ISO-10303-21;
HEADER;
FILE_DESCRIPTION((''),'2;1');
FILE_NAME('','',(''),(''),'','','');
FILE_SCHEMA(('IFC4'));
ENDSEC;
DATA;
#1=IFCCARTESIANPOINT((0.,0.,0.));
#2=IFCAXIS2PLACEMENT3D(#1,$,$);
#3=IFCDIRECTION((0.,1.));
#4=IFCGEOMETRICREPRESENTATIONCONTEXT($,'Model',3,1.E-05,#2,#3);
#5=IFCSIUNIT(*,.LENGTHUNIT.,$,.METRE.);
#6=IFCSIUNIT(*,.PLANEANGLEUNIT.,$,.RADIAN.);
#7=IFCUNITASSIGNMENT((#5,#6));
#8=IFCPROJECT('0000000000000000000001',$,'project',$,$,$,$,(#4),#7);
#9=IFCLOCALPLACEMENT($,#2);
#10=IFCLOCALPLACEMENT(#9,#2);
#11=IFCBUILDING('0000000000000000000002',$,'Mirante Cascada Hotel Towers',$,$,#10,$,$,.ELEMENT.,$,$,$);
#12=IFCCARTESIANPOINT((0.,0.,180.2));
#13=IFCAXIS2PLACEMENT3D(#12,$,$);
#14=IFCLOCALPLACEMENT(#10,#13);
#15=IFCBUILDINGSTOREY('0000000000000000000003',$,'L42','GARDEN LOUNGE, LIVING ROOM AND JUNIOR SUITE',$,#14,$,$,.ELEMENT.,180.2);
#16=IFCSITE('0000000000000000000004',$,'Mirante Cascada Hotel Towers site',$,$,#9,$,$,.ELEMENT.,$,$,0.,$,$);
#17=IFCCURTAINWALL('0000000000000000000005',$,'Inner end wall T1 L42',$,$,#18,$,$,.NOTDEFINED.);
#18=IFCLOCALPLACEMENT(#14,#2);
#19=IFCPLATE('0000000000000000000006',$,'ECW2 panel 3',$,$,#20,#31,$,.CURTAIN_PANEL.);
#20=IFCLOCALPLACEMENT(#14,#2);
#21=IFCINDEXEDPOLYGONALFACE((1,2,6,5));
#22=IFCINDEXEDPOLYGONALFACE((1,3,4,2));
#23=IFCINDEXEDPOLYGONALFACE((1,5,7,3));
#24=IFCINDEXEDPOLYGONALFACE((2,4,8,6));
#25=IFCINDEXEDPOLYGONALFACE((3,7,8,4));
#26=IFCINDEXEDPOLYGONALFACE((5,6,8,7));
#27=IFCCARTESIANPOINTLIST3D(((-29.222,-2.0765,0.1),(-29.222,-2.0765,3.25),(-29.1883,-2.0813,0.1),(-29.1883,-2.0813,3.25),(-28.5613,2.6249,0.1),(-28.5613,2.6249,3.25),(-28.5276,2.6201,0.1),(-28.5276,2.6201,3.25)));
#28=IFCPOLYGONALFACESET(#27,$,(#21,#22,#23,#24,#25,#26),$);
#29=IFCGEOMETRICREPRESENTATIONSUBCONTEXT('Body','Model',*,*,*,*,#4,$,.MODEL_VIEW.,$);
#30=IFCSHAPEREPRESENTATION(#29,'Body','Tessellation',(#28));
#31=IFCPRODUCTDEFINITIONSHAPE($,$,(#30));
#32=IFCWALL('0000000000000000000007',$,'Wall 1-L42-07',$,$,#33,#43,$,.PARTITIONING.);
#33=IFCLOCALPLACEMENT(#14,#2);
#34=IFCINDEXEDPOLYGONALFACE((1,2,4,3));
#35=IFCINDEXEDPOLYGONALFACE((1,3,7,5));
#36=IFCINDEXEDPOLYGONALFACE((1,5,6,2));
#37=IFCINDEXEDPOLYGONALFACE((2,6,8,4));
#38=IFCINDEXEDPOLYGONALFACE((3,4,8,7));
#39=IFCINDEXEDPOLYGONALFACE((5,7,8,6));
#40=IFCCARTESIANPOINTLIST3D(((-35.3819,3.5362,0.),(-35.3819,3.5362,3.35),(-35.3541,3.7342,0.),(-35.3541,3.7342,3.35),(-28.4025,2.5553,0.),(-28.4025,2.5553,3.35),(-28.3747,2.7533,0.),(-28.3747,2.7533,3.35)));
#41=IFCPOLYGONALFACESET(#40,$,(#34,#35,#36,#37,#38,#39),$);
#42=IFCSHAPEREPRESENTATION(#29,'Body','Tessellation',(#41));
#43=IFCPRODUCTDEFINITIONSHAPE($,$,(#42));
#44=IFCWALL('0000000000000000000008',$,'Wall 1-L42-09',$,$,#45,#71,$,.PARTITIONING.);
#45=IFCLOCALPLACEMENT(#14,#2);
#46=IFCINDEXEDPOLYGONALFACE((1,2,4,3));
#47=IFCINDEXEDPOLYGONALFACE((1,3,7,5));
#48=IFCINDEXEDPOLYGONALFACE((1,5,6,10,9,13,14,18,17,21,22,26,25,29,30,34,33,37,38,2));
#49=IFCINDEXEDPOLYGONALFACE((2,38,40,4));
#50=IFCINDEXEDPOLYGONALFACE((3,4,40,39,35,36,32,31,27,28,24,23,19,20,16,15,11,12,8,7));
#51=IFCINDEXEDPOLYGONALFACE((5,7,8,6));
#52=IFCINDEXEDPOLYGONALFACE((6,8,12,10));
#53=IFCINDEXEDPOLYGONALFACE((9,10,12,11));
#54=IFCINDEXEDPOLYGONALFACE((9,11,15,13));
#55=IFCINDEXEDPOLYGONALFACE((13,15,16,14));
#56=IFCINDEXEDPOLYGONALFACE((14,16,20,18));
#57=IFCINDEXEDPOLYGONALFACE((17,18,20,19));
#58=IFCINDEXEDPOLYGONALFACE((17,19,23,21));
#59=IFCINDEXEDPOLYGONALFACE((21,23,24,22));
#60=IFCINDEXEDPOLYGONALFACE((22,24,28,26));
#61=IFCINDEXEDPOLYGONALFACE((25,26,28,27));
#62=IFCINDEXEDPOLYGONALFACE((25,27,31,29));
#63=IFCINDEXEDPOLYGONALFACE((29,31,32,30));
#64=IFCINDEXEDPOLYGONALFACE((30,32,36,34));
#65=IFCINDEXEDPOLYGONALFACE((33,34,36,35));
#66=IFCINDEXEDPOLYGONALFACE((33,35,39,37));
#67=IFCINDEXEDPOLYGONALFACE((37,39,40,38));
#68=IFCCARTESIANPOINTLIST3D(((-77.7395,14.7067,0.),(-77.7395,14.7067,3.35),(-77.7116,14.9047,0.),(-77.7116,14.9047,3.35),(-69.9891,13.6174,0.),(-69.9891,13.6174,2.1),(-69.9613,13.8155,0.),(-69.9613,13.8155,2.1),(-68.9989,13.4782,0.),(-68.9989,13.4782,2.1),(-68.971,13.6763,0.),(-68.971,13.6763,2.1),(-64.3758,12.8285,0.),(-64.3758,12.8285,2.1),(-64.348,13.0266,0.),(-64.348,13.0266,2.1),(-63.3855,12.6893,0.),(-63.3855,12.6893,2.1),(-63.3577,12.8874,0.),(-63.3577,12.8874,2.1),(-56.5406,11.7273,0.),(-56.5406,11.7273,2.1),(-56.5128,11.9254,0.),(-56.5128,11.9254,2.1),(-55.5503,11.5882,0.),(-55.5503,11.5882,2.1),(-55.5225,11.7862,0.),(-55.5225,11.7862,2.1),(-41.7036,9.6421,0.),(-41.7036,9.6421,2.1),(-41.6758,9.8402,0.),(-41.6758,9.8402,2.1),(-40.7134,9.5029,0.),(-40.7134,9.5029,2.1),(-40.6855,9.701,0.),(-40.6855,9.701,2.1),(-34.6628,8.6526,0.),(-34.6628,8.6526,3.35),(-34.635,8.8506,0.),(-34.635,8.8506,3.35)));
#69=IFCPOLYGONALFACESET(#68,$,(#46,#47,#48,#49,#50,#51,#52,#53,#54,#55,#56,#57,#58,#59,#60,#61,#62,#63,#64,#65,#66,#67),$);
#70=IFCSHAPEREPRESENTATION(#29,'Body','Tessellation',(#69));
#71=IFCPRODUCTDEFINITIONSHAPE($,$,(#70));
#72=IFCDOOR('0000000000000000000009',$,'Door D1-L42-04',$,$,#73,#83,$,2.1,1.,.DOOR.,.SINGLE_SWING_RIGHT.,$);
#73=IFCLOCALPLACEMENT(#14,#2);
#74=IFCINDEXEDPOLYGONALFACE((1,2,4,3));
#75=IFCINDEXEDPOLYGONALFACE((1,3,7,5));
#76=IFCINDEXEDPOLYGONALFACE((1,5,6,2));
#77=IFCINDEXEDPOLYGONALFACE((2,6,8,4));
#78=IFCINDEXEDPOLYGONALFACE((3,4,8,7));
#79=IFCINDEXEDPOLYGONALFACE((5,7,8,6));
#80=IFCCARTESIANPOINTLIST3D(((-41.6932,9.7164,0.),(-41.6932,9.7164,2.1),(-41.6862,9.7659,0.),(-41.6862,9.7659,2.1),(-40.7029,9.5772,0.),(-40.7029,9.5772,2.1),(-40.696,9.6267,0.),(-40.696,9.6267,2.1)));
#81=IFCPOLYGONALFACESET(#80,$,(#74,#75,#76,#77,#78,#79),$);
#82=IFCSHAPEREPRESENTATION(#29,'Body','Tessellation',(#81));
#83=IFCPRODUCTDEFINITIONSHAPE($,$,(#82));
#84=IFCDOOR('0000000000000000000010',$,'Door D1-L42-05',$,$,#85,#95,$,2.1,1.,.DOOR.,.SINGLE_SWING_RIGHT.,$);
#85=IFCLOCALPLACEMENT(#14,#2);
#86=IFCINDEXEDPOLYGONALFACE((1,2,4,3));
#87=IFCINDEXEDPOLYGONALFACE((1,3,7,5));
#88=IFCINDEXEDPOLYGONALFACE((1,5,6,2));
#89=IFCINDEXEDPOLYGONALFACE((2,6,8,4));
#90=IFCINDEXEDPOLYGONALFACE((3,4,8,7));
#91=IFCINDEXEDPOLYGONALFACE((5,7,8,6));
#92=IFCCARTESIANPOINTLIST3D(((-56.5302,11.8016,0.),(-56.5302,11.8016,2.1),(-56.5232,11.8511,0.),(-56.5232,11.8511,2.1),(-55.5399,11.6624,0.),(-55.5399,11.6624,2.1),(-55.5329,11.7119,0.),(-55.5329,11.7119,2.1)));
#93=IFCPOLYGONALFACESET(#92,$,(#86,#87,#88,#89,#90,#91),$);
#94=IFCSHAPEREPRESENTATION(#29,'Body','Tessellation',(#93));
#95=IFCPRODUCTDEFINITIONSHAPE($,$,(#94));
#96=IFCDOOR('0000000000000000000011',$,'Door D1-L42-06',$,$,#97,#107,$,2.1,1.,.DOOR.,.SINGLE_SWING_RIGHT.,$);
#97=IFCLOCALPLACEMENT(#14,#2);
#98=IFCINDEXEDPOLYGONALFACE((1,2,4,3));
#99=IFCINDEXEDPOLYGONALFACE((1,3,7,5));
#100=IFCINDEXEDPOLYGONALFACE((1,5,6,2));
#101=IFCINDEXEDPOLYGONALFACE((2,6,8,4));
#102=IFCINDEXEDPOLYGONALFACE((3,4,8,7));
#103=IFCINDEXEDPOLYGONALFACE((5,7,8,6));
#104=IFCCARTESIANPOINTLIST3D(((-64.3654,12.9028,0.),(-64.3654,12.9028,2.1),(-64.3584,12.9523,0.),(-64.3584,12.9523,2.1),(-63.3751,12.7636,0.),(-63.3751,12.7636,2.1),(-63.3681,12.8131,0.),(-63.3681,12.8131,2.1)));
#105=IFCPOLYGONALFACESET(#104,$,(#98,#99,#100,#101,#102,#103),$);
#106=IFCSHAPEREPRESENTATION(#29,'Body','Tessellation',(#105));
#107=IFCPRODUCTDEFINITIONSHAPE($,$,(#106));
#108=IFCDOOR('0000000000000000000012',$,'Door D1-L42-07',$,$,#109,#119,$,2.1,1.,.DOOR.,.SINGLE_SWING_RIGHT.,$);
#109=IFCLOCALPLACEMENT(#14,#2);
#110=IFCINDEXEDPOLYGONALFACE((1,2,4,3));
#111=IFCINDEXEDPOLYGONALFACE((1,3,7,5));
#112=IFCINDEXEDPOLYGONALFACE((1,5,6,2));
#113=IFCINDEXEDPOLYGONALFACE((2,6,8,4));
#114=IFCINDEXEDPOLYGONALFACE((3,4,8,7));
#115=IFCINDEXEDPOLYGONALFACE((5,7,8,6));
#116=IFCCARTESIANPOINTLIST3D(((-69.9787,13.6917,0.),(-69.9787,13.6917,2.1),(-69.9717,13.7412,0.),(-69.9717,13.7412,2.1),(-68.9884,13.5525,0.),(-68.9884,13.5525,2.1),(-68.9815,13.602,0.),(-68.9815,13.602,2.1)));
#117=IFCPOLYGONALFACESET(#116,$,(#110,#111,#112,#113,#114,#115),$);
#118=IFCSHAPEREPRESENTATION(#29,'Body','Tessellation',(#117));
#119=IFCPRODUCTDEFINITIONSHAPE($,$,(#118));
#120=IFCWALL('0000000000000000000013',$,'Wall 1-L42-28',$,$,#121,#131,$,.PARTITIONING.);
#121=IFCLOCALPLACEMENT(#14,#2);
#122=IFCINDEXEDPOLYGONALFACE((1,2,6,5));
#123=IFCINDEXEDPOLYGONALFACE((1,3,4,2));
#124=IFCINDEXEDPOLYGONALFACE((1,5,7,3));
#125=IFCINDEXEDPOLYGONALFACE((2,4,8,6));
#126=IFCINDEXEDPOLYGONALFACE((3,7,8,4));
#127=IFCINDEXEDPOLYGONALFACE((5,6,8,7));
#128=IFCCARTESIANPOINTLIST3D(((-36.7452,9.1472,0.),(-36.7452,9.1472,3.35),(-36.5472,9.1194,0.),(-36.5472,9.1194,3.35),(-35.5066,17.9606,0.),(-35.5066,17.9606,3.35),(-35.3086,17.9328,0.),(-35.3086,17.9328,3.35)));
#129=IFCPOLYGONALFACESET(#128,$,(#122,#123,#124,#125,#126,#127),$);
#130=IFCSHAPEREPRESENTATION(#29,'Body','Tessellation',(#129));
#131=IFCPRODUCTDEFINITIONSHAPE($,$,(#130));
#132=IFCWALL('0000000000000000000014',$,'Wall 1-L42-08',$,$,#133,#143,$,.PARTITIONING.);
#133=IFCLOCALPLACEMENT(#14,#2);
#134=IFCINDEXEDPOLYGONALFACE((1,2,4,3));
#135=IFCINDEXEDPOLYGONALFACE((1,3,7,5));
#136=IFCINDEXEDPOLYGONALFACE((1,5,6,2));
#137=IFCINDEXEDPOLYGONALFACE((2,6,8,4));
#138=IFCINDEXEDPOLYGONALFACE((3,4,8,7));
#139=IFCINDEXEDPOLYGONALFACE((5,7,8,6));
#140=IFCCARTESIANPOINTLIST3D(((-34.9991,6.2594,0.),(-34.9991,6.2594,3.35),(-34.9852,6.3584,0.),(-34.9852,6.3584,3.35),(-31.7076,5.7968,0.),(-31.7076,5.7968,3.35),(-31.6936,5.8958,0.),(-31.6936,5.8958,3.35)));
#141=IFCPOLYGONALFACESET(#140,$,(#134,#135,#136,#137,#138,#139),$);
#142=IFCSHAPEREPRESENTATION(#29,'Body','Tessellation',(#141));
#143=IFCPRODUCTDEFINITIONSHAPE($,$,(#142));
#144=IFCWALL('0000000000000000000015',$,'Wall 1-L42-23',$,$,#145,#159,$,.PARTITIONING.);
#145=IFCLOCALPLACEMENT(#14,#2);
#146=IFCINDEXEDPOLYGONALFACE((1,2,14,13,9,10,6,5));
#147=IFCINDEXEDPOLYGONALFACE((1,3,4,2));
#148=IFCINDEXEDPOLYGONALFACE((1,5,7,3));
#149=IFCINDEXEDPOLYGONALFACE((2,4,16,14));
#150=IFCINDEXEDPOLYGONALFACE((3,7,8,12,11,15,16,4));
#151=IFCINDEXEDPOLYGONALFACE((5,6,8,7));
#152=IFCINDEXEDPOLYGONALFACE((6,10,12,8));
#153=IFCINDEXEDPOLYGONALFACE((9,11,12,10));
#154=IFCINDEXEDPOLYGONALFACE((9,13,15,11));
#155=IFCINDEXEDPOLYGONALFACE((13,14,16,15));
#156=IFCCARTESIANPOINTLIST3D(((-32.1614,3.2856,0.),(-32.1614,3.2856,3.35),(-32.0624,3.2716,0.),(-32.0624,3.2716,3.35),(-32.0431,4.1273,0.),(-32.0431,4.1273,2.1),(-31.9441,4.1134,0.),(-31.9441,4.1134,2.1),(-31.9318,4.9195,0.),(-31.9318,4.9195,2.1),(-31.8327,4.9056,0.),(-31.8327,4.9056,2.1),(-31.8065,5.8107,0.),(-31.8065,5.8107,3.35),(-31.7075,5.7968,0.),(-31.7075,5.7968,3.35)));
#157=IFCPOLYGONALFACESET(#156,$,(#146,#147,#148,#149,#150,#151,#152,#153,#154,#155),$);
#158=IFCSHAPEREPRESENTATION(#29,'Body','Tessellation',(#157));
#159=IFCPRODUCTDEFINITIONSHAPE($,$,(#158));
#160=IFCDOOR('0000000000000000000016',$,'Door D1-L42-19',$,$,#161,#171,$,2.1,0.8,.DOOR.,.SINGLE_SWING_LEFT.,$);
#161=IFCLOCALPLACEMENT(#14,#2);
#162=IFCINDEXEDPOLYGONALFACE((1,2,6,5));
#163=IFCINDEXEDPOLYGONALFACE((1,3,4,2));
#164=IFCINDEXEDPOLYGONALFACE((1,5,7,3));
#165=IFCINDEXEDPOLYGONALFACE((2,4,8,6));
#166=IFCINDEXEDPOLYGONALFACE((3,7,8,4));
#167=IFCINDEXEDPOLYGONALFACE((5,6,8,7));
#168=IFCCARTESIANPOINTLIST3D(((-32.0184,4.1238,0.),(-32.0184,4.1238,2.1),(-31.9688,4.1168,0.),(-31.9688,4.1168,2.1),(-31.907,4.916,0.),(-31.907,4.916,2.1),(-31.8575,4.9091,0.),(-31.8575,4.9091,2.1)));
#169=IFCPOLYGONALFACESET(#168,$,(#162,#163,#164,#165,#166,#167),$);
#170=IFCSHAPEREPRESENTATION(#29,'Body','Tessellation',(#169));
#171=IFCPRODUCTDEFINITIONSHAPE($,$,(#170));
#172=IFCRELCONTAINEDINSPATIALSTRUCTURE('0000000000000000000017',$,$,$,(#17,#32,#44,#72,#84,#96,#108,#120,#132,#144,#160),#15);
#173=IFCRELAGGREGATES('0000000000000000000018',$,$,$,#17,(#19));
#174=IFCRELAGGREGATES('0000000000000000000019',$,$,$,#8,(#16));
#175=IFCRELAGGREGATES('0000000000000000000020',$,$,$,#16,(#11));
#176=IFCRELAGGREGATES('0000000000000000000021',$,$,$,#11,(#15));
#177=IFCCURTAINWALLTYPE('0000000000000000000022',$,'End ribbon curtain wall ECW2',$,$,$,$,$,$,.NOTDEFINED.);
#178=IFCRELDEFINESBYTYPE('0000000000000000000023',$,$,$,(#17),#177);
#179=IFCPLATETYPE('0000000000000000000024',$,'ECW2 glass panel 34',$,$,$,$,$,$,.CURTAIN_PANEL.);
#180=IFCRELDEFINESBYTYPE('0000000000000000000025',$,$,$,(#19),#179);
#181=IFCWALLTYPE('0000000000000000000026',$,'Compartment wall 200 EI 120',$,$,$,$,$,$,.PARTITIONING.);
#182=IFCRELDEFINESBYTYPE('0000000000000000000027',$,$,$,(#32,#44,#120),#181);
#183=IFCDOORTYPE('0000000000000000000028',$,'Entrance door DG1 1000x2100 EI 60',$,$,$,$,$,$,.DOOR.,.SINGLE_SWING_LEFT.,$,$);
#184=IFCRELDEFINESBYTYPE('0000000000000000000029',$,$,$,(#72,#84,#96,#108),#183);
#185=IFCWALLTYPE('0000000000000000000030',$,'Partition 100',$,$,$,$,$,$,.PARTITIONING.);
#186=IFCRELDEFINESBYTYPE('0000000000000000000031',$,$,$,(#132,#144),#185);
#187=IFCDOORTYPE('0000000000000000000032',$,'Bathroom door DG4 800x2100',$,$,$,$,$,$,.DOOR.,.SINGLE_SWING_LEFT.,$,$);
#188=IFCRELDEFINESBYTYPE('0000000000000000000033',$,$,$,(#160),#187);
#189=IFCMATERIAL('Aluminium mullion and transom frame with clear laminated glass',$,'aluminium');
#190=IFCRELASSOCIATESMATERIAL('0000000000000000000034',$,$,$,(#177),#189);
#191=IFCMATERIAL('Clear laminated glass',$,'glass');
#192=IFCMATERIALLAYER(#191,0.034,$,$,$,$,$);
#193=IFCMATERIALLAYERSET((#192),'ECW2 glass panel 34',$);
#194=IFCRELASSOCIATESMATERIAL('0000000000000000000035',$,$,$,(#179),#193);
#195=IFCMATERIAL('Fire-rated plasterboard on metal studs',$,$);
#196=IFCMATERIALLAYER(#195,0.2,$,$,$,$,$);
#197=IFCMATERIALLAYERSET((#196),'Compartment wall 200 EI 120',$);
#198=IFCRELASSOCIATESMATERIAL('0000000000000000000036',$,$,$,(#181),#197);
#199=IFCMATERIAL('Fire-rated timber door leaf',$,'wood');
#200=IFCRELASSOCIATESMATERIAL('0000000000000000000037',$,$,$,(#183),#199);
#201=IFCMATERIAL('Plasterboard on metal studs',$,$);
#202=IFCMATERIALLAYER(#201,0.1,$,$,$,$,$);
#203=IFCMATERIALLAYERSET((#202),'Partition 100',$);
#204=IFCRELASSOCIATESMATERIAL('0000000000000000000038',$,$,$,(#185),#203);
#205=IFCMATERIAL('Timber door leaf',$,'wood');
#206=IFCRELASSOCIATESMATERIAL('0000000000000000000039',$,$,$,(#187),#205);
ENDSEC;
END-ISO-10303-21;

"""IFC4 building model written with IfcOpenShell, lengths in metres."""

from ifc_helpers import new_model, si_unit, direction, frame, frame_2d, origin, origin_2d, place, context, subcontext, project, spatial, rectangle, extrude, material, layer, layer_set, type_object, element, fill, aggregate, save


model = new_model("IFC4")

# Units and contexts
model_context = context("Model", 3, precision=1e-05, world=origin(), true_north=direction((0.0, 1.0)))
body_context = subcontext(model_context, "Body", "Model", "MODEL_VIEW")
ifc_project = project(units=[si_unit("LENGTHUNIT", "METRE"), si_unit("PLANEANGLEUNIT", "RADIAN")], contexts=[model_context])

# Site, building, storey
site_placement = place(None, origin())
site = spatial("IfcSite", under=ifc_project, at=site_placement, Name="Mirante Cascada Hotel Towers site", CompositionType="ELEMENT", RefElevation=0.0)
building_placement = place(site_placement, origin())
building = spatial("IfcBuilding", under=site, at=building_placement, Name="Mirante Cascada Hotel Towers", CompositionType="ELEMENT")
storey_placement = place(building_placement, frame((0.0, 0.0, 180.2)))
storey = spatial("IfcBuildingStorey", under=building, at=storey_placement, Name="L42", Description="GARDEN LOUNGE, LIVING ROOM AND JUNIOR SUITE", CompositionType="ELEMENT", Elevation=180.2)

# Curtain wall
ifc_material_1 = material(Name="Aluminium mullion and transom frame with clear laminated glass", Category="aluminium")
curtain_wall_type_1 = type_object("IfcCurtainWallType", Name="End ribbon curtain wall ECW2", PredefinedType="NOTDEFINED", material=ifc_material_1)
curtain_wall_1_placement = place(storey_placement, origin())
curtain_wall_1 = element("IfcCurtainWall", 1, at=curtain_wall_1_placement, inside=storey, type_object=curtain_wall_type_1, Name="Inner end wall T1 L42", PredefinedType="NOTDEFINED")

# Plate
ifc_material_2 = material(Name="Clear laminated glass", Category="glass")
ifc_layer_1 = layer(ifc_material_2, 0.034)
ifc_layer_set_1 = layer_set([ifc_layer_1], Name="ECW2 glass panel 34")
plate_type_1 = type_object("IfcPlateType", Name="ECW2 glass panel 34", PredefinedType="CURTAIN_PANEL", material=ifc_layer_set_1)
plate_1_placement = place(storey_placement, frame((-28.8748, 0.2718, 0.1), z_axis=(0.0, 0.0, 1.0), x_axis=(-0.139173, -0.990268, 0.0)))
plate_1 = element("IfcPlate", 2, at=plate_1_placement, type_object=plate_type_1, Name="ECW2 panel 3", PredefinedType="CURTAIN_PANEL", context=body_context, shape_type="SweptSolid", body=[
    extrude(rectangle(XDim=4.7476, YDim=0.034, at=origin_2d()), origin(), (0.0, 0.0, 1.0), 3.15),
])
aggregate(curtain_wall_1, [plate_1])

# Wall
ifc_material_3 = material(Name="Fire-rated plasterboard on metal studs")
ifc_layer_2 = layer(ifc_material_3, 0.2)
ifc_layer_set_2 = layer_set([ifc_layer_2], Name="Compartment wall 200 EI 120")
wall_type_1 = type_object("IfcWallType", Name="Compartment wall 200 EI 120", PredefinedType="PARTITIONING", material=ifc_layer_set_2)
wall_1_placement = place(storey_placement, frame((-28.3886, 2.6543, 0.0), z_axis=(0.0, 0.0, 1.0), x_axis=(-0.990268, 0.139174, 0.0)))
element("IfcWall", 3, at=wall_1_placement, inside=storey, type_object=wall_type_1, Name="Wall 1-L42-07", PredefinedType="PARTITIONING", context=body_context, shape_type="SweptSolid", body=[
    extrude(rectangle(XDim=7.048, YDim=0.2, at=frame_2d((3.524, 0.0))), origin(), (0.0, 0.0, 1.0), 3.35),
])

# Wall, openings, doors
wall_2_placement = place(storey_placement, frame((-34.6489, 8.7516, 0.0), z_axis=(0.0, 0.0, 1.0), x_axis=(-0.990268, 0.139175, 0.0)))
wall_2 = element("IfcWall", 4, at=wall_2_placement, inside=storey, type_object=wall_type_1, Name="Wall 1-L42-09", PredefinedType="PARTITIONING", context=body_context, shape_type="SweptSolid", body=[
    extrude(rectangle(XDim=43.5, YDim=0.2, at=frame_2d((21.75, 0.0))), origin(), (0.0, 0.0, 1.0), 3.35),
])
opening_1_placement = place(wall_2_placement, frame((6.11, 0.0, 0.0)))
opening_1 = element("IfcOpeningElement", 5, at=opening_1_placement, cuts=wall_2, PredefinedType="OPENING", context=body_context, shape_type="SweptSolid", body=[
    extrude(rectangle(XDim=1.0, YDim=2.1, at=frame_2d((0.5, 1.05))), frame((0.0, 0.1, 0.0), z_axis=(0.0, -1.0, 0.0), x_axis=(1.0, 0.0, 0.0)), (0.0, 0.0, 1.0), 0.2),
])
opening_2_placement = place(wall_2_placement, frame((21.0928, 0.0, 0.0)))
opening_2 = element("IfcOpeningElement", 6, at=opening_2_placement, cuts=wall_2, PredefinedType="OPENING", context=body_context, shape_type="SweptSolid", body=[
    extrude(rectangle(XDim=1.0, YDim=2.1, at=frame_2d((0.5, 1.05))), frame((0.0, 0.1, 0.0), z_axis=(0.0, -1.0, 0.0), x_axis=(1.0, 0.0, 0.0)), (0.0, 0.0, 1.0), 0.2),
])
opening_3_placement = place(wall_2_placement, frame((29.005, 0.0, 0.0)))
opening_3 = element("IfcOpeningElement", 7, at=opening_3_placement, cuts=wall_2, PredefinedType="OPENING", context=body_context, shape_type="SweptSolid", body=[
    extrude(rectangle(XDim=1.0, YDim=2.1, at=frame_2d((0.5, 1.05))), frame((0.0, 0.1, 0.0), z_axis=(0.0, -1.0, 0.0), x_axis=(1.0, 0.0, 0.0)), (0.0, 0.0, 1.0), 0.2),
])
opening_4_placement = place(wall_2_placement, frame((34.6735, 0.0, 0.0)))
opening_4 = element("IfcOpeningElement", 8, at=opening_4_placement, cuts=wall_2, PredefinedType="OPENING", context=body_context, shape_type="SweptSolid", body=[
    extrude(rectangle(XDim=1.0, YDim=2.1, at=frame_2d((0.5, 1.05))), frame((0.0, 0.1, 0.0), z_axis=(0.0, -1.0, 0.0), x_axis=(1.0, 0.0, 0.0)), (0.0, 0.0, 1.0), 0.2),
])
ifc_material_4 = material(Name="Fire-rated timber door leaf", Category="wood")
door_type_1 = type_object("IfcDoorType", Name="Entrance door DG1 1000x2100 EI 60", OperationType="SINGLE_SWING_LEFT", PredefinedType="DOOR", material=ifc_material_4)
door_1_placement = place(opening_1_placement, frame((1.0, 0.0, 0.0), z_axis=(0.0, 0.0, 1.0), x_axis=(-1.0, 0.0, 0.0)))
door_1 = element("IfcDoor", 9, at=door_1_placement, inside=storey, type_object=door_type_1, Name="Door D1-L42-04", OperationType="SINGLE_SWING_RIGHT", OverallHeight=2.1, OverallWidth=1.0, PredefinedType="DOOR", context=body_context, shape_type="SweptSolid", body=[
    extrude(rectangle(XDim=1.0, YDim=2.1, at=frame_2d((0.5, 1.05))), frame((0.0, 0.025, 0.0), z_axis=(0.0, -1.0, 0.0), x_axis=(1.0, 0.0, 0.0)), (0.0, 0.0, 1.0), 0.05),
])
fill(opening_1, door_1)
door_2_placement = place(opening_2_placement, frame((1.0, 0.0, 0.0), z_axis=(0.0, 0.0, 1.0), x_axis=(-1.0, 0.0, 0.0)))
door_2 = element("IfcDoor", 10, at=door_2_placement, inside=storey, type_object=door_type_1, Name="Door D1-L42-05", OperationType="SINGLE_SWING_RIGHT", OverallHeight=2.1, OverallWidth=1.0, PredefinedType="DOOR", context=body_context, shape_type="SweptSolid", body=[
    extrude(rectangle(XDim=1.0, YDim=2.1, at=frame_2d((0.5, 1.05))), frame((0.0, 0.025, 0.0), z_axis=(0.0, -1.0, 0.0), x_axis=(1.0, 0.0, 0.0)), (0.0, 0.0, 1.0), 0.05),
])
fill(opening_2, door_2)
door_3_placement = place(opening_3_placement, frame((1.0, 0.0, 0.0), z_axis=(0.0, 0.0, 1.0), x_axis=(-1.0, 0.0, 0.0)))
door_3 = element("IfcDoor", 11, at=door_3_placement, inside=storey, type_object=door_type_1, Name="Door D1-L42-06", OperationType="SINGLE_SWING_RIGHT", OverallHeight=2.1, OverallWidth=1.0, PredefinedType="DOOR", context=body_context, shape_type="SweptSolid", body=[
    extrude(rectangle(XDim=1.0, YDim=2.1, at=frame_2d((0.5, 1.05))), frame((0.0, 0.025, 0.0), z_axis=(0.0, -1.0, 0.0), x_axis=(1.0, 0.0, 0.0)), (0.0, 0.0, 1.0), 0.05),
])
fill(opening_3, door_3)
door_4_placement = place(opening_4_placement, frame((1.0, 0.0, 0.0), z_axis=(0.0, 0.0, 1.0), x_axis=(-1.0, 0.0, 0.0)))
door_4 = element("IfcDoor", 12, at=door_4_placement, inside=storey, type_object=door_type_1, Name="Door D1-L42-07", OperationType="SINGLE_SWING_RIGHT", OverallHeight=2.1, OverallWidth=1.0, PredefinedType="DOOR", context=body_context, shape_type="SweptSolid", body=[
    extrude(rectangle(XDim=1.0, YDim=2.1, at=frame_2d((0.5, 1.05))), frame((0.0, 0.025, 0.0), z_axis=(0.0, -1.0, 0.0), x_axis=(1.0, 0.0, 0.0)), (0.0, 0.0, 1.0), 0.05),
])
fill(opening_4, door_4)

# Walls
wall_3_placement = place(storey_placement, frame((-35.4076, 17.9467, 0.0), z_axis=(0.0, 0.0, 1.0), x_axis=(-0.139168, -0.990269, 0.0)))
element("IfcWall", 13, at=wall_3_placement, inside=storey, type_object=wall_type_1, Name="Wall 1-L42-28", PredefinedType="PARTITIONING", context=body_context, shape_type="SweptSolid", body=[
    extrude(rectangle(XDim=8.9, YDim=0.2, at=frame_2d((4.45, 0.0))), origin(), (0.0, 0.0, 1.0), 3.35),
])
ifc_material_5 = material(Name="Plasterboard on metal studs")
ifc_layer_3 = layer(ifc_material_5, 0.1)
ifc_layer_set_3 = layer_set([ifc_layer_3], Name="Partition 100")
wall_type_2 = type_object("IfcWallType", Name="Partition 100", PredefinedType="PARTITIONING", material=ifc_layer_set_3)
wall_4_placement = place(storey_placement, frame((-34.9922, 6.3089, 0.0), z_axis=(0.0, 0.0, 1.0), x_axis=(0.990268, -0.139172, 0.0)))
element("IfcWall", 14, at=wall_4_placement, inside=storey, type_object=wall_type_2, Name="Wall 1-L42-08", PredefinedType="PARTITIONING", context=body_context, shape_type="SweptSolid", body=[
    extrude(rectangle(XDim=3.3239, YDim=0.1, at=frame_2d((1.662, 0.0))), origin(), (0.0, 0.0, 1.0), 3.35),
])

# Wall, opening, door
wall_5_placement = place(storey_placement, frame((-32.1119, 3.2786, 0.0), z_axis=(0.0, 0.0, 1.0), x_axis=(0.139176, 0.990268, 0.0)))
wall_5 = element("IfcWall", 15, at=wall_5_placement, inside=storey, type_object=wall_type_2, Name="Wall 1-L42-23", PredefinedType="PARTITIONING", context=body_context, shape_type="SweptSolid", body=[
    extrude(rectangle(XDim=2.55, YDim=0.1, at=frame_2d((1.275, 0.0))), origin(), (0.0, 0.0, 1.0), 3.35),
])
opening_5_placement = place(wall_5_placement, frame((0.85, 0.0, 0.0)))
opening_5 = element("IfcOpeningElement", 16, at=opening_5_placement, cuts=wall_5, PredefinedType="OPENING", context=body_context, shape_type="SweptSolid", body=[
    extrude(rectangle(XDim=0.8, YDim=2.1, at=frame_2d((0.4, 1.05))), frame((0.0, 0.05, 0.0), z_axis=(0.0, -1.0, 0.0), x_axis=(1.0, 0.0, 0.0)), (0.0, 0.0, 1.0), 0.1),
])
ifc_material_6 = material(Name="Timber door leaf", Category="wood")
door_type_2 = type_object("IfcDoorType", Name="Bathroom door DG4 800x2100", OperationType="SINGLE_SWING_LEFT", PredefinedType="DOOR", material=ifc_material_6)
door_5_placement = place(opening_5_placement, origin())
door_5 = element("IfcDoor", 17, at=door_5_placement, inside=storey, type_object=door_type_2, Name="Door D1-L42-19", OperationType="SINGLE_SWING_LEFT", OverallHeight=2.1, OverallWidth=0.8, PredefinedType="DOOR", context=body_context, shape_type="SweptSolid", body=[
    extrude(rectangle(XDim=0.8, YDim=2.1, at=frame_2d((0.4, 1.05))), frame((0.0, 0.025, 0.0), z_axis=(0.0, -1.0, 0.0), x_axis=(1.0, 0.0, 0.0)), (0.0, 0.0, 1.0), 0.05),
])
fill(opening_5, door_5)

save(model, "model.ifc")
